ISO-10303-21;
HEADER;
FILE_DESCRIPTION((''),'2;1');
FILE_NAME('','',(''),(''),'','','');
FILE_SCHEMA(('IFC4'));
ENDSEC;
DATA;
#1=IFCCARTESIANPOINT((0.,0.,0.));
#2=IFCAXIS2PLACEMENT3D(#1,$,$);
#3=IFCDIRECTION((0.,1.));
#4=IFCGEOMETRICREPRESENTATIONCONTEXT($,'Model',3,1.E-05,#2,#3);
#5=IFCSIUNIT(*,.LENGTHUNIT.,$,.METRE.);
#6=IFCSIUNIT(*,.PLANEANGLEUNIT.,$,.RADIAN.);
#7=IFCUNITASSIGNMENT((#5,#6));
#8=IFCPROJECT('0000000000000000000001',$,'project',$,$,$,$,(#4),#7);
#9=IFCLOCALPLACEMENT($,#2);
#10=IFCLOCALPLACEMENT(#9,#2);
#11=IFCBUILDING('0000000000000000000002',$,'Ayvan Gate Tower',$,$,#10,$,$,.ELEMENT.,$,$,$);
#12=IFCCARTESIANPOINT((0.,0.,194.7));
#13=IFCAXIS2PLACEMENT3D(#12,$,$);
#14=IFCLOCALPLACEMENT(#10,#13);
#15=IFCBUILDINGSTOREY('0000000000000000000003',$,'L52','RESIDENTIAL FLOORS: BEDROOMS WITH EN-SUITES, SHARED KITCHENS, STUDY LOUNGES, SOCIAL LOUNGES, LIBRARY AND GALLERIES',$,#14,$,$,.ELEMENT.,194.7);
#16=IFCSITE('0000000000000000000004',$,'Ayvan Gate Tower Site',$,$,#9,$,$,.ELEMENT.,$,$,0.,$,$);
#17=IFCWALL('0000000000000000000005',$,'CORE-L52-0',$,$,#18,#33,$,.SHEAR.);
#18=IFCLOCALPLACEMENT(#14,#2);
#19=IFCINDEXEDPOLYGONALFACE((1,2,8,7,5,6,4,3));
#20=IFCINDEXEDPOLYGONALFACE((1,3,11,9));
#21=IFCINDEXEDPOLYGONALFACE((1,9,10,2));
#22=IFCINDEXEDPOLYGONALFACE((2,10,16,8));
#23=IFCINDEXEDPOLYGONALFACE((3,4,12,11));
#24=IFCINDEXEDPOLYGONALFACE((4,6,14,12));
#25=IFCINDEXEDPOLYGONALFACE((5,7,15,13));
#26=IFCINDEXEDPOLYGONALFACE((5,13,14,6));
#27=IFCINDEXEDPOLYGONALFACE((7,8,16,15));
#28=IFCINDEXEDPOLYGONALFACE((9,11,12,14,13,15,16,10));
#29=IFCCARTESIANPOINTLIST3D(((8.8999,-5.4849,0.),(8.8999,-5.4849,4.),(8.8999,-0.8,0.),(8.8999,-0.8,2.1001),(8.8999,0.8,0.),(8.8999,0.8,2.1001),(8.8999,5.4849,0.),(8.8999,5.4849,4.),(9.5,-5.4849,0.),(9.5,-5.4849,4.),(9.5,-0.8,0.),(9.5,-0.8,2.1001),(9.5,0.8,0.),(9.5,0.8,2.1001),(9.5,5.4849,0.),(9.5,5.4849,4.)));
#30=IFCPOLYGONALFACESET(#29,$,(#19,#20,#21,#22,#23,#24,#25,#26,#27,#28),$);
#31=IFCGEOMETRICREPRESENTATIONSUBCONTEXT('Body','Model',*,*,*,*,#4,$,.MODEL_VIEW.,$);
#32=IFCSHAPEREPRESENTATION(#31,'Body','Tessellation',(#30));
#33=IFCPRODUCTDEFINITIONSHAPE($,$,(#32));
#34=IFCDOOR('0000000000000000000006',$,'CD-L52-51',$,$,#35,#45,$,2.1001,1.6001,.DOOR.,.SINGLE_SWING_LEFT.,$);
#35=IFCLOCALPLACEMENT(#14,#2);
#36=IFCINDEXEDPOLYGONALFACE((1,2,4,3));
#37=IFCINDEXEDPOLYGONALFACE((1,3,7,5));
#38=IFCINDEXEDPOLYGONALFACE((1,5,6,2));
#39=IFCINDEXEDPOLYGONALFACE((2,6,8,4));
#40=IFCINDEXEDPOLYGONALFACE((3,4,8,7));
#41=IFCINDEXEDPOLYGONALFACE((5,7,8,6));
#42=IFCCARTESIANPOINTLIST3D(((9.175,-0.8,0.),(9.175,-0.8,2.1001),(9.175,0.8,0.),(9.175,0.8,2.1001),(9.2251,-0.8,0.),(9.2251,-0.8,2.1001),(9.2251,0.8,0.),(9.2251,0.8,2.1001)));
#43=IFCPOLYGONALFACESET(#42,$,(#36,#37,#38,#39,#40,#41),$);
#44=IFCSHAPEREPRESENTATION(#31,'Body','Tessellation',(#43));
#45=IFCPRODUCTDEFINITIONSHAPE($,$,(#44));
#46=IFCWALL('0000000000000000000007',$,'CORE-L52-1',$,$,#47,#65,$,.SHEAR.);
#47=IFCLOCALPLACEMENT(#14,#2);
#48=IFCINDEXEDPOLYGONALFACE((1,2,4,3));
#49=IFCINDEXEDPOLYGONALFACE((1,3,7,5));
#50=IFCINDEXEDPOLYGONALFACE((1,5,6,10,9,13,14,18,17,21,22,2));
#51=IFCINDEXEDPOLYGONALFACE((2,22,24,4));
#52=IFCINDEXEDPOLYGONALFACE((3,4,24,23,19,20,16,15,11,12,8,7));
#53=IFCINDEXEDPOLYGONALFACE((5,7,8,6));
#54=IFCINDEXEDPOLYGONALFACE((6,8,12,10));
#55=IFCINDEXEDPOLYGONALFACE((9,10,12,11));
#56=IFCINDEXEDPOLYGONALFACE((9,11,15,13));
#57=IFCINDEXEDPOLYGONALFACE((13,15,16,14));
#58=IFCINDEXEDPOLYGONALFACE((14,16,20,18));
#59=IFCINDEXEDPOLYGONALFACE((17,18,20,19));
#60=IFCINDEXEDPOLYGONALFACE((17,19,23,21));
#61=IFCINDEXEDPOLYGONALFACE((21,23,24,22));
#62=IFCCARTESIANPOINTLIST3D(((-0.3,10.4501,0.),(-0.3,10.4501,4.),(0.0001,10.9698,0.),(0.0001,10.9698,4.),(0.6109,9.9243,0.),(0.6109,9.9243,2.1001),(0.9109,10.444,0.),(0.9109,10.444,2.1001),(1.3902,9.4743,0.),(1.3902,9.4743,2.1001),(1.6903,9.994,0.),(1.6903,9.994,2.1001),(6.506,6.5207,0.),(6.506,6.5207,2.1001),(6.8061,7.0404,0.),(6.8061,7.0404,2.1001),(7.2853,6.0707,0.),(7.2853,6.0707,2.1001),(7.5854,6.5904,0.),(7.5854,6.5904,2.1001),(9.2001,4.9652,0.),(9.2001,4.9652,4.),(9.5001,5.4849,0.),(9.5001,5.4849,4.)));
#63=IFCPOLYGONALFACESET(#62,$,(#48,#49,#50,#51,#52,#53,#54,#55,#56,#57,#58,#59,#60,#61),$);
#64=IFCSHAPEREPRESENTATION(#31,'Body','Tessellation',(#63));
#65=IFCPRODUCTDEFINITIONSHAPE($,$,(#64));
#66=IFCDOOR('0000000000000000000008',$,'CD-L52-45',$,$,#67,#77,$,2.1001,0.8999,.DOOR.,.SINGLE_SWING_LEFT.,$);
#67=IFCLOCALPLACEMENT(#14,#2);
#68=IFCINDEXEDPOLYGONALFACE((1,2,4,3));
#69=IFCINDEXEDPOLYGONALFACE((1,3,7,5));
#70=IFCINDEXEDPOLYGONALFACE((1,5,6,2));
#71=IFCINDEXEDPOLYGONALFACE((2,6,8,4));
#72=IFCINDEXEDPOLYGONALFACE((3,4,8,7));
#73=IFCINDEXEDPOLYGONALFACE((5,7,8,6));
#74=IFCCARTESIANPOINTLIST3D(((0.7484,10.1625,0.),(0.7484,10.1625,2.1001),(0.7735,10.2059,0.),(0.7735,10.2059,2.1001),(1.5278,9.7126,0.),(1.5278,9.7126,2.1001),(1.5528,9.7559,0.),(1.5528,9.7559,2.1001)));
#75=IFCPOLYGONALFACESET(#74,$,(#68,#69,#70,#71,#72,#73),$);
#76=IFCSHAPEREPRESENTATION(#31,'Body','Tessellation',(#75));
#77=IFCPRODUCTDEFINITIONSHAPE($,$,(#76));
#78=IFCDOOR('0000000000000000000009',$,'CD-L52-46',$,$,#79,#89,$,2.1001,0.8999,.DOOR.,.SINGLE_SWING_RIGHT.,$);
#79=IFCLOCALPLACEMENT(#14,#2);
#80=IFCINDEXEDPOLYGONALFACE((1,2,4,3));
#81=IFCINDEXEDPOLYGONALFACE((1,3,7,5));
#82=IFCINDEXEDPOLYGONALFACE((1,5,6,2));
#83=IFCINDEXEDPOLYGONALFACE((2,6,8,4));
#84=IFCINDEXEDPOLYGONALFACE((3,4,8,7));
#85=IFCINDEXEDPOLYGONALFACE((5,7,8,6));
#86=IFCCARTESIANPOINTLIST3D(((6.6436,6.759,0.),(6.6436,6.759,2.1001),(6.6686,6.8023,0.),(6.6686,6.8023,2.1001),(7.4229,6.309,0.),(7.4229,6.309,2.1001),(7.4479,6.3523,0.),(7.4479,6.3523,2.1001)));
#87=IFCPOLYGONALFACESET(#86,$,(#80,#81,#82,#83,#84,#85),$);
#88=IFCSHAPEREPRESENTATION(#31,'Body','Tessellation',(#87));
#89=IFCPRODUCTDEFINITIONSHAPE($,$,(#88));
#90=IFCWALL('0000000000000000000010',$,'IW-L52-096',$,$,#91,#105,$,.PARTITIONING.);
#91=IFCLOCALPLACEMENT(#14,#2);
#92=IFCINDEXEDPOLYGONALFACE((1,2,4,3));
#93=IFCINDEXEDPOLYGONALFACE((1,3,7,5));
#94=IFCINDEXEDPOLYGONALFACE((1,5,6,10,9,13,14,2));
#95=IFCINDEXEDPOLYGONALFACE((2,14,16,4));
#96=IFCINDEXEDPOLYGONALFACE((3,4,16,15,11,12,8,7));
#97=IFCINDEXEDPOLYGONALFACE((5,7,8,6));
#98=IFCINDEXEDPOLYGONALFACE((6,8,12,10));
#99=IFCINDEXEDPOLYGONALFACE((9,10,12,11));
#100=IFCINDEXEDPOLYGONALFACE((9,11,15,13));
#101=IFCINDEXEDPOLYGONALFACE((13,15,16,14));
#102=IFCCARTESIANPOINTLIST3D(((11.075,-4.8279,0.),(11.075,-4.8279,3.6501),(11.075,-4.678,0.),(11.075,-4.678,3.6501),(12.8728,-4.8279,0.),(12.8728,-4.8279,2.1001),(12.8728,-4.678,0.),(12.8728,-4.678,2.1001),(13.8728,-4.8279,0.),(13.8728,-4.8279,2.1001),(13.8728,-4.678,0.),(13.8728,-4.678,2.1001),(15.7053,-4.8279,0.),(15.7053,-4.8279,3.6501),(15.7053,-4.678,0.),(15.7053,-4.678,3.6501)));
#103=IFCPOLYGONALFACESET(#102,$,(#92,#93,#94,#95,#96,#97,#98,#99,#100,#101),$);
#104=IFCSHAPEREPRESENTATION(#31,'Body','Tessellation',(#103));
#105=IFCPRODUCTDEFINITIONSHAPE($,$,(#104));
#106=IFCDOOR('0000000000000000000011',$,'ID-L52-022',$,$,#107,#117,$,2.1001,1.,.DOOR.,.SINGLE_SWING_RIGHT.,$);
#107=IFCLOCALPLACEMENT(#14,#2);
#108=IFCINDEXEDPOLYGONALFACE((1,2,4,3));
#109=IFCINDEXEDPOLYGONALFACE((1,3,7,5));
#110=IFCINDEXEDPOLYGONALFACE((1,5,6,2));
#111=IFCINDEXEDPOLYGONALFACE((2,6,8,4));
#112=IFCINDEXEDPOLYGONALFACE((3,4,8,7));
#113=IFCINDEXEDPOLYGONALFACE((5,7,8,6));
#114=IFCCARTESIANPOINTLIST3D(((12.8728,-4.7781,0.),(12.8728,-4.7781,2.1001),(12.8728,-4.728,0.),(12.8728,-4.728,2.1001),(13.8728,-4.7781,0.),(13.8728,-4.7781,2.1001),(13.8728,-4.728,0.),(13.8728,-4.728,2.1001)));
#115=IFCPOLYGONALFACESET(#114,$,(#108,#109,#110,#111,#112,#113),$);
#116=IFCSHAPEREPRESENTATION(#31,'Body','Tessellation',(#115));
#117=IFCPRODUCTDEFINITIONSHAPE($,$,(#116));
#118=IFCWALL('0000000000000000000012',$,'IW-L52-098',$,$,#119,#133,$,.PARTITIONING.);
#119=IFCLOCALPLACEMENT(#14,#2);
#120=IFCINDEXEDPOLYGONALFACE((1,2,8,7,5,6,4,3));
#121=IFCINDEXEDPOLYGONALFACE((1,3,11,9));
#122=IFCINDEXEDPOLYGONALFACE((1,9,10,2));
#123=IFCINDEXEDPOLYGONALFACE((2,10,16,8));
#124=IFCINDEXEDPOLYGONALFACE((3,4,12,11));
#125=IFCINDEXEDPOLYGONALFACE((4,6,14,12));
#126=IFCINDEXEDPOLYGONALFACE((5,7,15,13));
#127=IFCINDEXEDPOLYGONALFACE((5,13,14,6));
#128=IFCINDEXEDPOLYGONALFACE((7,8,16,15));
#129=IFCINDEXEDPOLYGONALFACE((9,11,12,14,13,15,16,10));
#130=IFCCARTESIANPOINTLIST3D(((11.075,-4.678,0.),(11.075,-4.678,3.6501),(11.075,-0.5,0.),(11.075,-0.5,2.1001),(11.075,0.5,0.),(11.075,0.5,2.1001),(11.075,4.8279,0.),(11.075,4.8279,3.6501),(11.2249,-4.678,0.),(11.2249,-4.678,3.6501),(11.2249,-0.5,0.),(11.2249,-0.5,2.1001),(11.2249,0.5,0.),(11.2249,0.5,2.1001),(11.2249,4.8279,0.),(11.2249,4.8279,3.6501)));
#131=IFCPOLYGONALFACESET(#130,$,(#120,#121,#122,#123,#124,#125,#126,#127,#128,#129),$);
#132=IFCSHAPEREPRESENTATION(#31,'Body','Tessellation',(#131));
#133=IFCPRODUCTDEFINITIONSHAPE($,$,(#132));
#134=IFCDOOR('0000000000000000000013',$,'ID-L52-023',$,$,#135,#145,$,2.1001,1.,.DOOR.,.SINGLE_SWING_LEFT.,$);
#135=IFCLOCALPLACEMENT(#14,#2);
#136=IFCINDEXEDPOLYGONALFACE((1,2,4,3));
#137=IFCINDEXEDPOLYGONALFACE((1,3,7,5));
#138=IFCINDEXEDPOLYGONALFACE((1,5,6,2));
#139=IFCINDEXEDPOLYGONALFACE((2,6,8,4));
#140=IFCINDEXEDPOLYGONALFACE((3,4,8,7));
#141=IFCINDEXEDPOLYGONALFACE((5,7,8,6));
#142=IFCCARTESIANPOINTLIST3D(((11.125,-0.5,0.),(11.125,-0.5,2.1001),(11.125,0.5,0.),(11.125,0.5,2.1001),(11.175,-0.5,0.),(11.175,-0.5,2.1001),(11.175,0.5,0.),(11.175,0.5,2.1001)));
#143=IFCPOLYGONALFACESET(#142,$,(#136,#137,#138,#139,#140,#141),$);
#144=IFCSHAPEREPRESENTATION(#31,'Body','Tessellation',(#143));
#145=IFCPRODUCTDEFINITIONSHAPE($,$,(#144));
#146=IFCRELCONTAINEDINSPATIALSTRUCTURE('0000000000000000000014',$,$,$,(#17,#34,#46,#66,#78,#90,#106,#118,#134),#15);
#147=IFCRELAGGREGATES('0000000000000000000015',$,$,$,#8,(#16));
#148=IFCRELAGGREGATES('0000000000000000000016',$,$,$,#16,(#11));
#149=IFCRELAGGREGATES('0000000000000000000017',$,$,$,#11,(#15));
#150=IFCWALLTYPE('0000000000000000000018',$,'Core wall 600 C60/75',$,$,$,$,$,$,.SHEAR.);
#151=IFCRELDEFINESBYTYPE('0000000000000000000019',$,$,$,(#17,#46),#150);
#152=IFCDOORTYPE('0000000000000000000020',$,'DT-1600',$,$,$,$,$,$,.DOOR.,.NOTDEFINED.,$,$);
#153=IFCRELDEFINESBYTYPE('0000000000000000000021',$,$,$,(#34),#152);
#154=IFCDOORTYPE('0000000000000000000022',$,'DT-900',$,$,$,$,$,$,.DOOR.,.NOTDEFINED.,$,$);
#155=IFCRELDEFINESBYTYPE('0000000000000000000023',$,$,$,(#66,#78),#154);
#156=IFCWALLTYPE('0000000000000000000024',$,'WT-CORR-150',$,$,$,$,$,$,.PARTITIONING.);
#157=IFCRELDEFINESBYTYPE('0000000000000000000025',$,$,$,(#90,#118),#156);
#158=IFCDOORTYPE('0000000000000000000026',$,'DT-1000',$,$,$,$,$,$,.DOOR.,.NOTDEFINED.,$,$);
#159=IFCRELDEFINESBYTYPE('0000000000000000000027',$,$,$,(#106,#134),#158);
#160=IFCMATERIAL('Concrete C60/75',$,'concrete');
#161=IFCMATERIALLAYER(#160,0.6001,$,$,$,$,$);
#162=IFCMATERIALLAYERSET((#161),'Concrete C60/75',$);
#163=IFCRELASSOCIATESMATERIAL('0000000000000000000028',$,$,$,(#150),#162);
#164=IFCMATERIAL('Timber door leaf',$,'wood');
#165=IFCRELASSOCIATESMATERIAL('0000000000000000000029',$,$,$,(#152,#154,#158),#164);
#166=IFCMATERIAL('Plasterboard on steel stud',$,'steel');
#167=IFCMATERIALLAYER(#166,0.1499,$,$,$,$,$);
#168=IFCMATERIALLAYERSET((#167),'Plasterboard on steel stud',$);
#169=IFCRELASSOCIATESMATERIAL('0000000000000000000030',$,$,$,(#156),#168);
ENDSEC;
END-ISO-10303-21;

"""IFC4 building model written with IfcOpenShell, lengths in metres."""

from ifc_helpers import new_model, si_unit, direction, frame, frame_2d, origin, place, context, subcontext, project, spatial, rectangle, extrude, material, layer, layer_set, type_object, element, fill, save


model = new_model("IFC4")

# Units and contexts
model_context = context("Model", 3, precision=1e-05, world=origin(), true_north=direction((0.0, 1.0)))
body_context = subcontext(model_context, "Body", "Model", "MODEL_VIEW")
ifc_project = project(units=[si_unit("LENGTHUNIT", "METRE"), si_unit("PLANEANGLEUNIT", "RADIAN")], contexts=[model_context])

# Site, building, storey
site_placement = place(None, origin())
site = spatial("IfcSite", under=ifc_project, at=site_placement, Name="Ayvan Gate Tower Site", CompositionType="ELEMENT", RefElevation=0.0)
building_placement = place(site_placement, origin())
building = spatial("IfcBuilding", under=site, at=building_placement, Name="Ayvan Gate Tower", CompositionType="ELEMENT")
storey_placement = place(building_placement, frame((0.0, 0.0, 194.7)))
storey = spatial("IfcBuildingStorey", under=building, at=storey_placement, Name="L52", Description="RESIDENTIAL FLOORS: BEDROOMS WITH EN-SUITES, SHARED KITCHENS, STUDY LOUNGES, SOCIAL LOUNGES, LIBRARY AND GALLERIES", CompositionType="ELEMENT", Elevation=194.7)

# Wall, opening, door
ifc_material_1 = material(Name="Concrete C60/75", Category="concrete")
ifc_layer_1 = layer(ifc_material_1, 0.6001)
ifc_layer_set_1 = layer_set([ifc_layer_1], Name="Concrete C60/75")
wall_type_1 = type_object("IfcWallType", Name="Core wall 600 C60/75", PredefinedType="SHEAR", material=ifc_layer_set_1)
wall_1_placement = place(storey_placement, frame((9.2, -5.4849, 0.0), z_axis=(0.0, 0.0, 1.0), x_axis=(0.0, 1.0, 0.0)))
wall_1 = element("IfcWall", 1, at=wall_1_placement, inside=storey, type_object=wall_type_1, Name="CORE-L52-0", PredefinedType="SHEAR", context=body_context, shape_type="SweptSolid", body=[
    extrude(rectangle(XDim=10.9697, YDim=0.6001, at=frame_2d((5.4849, 0.0))), origin(), (0.0, 0.0, 1.0), 4.0),
])
opening_1_placement = place(wall_1_placement, frame((4.6848, 0.0, 0.0)))
opening_1 = element("IfcOpeningElement", 2, at=opening_1_placement, cuts=wall_1, PredefinedType="OPENING", context=body_context, shape_type="SweptSolid", body=[
    extrude(rectangle(XDim=1.6001, YDim=2.1001, at=frame_2d((0.8, 1.05))), frame((0.0, 0.3101, 0.0), z_axis=(0.0, -1.0, 0.0), x_axis=(1.0, 0.0, 0.0)), (0.0, 0.0, 1.0), 0.6201),
])
ifc_material_2 = material(Name="Timber door leaf", Category="wood")
door_type_1 = type_object("IfcDoorType", Name="DT-1600", OperationType="NOTDEFINED", PredefinedType="DOOR", material=ifc_material_2)
door_1_placement = place(opening_1_placement, origin())
door_1 = element("IfcDoor", 3, at=door_1_placement, inside=storey, type_object=door_type_1, Name="CD-L52-51", OperationType="SINGLE_SWING_LEFT", OverallHeight=2.1001, OverallWidth=1.6001, PredefinedType="DOOR", context=body_context, shape_type="SweptSolid", body=[
    extrude(rectangle(XDim=1.6001, YDim=2.1001, at=frame_2d((0.8, 1.05))), frame((0.0, 0.0249, 0.0), z_axis=(0.0, -1.0, 0.0), x_axis=(1.0, 0.0, 0.0)), (0.0, 0.0, 1.0), 0.05),
])
fill(opening_1, door_1)

# Wall, openings, doors
wall_2_placement = place(storey_placement, frame((9.3501, 5.2251, 0.0), z_axis=(0.0, 0.0, 1.0), x_axis=(-0.866024, 0.500002, 0.0)))
wall_2 = element("IfcWall", 4, at=wall_2_placement, inside=storey, type_object=wall_type_1, Name="CORE-L52-1", PredefinedType="SHEAR", context=body_context, shape_type="SweptSolid", body=[
    extrude(rectangle(XDim=10.9697, YDim=0.6001, at=frame_2d((5.4849, 0.0))), origin(), (0.0, 0.0, 1.0), 4.0),
])
opening_2_placement = place(wall_2_placement, frame((9.0181, 0.0, 0.0)))
opening_2 = element("IfcOpeningElement", 5, at=opening_2_placement, cuts=wall_2, PredefinedType="OPENING", context=body_context, shape_type="SweptSolid", body=[
    extrude(rectangle(XDim=0.8999, YDim=2.1001, at=frame_2d((0.45, 1.05))), frame((0.0, 0.3101, 0.0), z_axis=(0.0, -1.0, 0.0), x_axis=(1.0, 0.0, 0.0)), (0.0, 0.0, 1.0), 0.6201),
])
opening_3_placement = place(wall_2_placement, frame((2.2109, 0.0, 0.0)))
opening_3 = element("IfcOpeningElement", 6, at=opening_3_placement, cuts=wall_2, PredefinedType="OPENING", context=body_context, shape_type="SweptSolid", body=[
    extrude(rectangle(XDim=0.8999, YDim=2.1001, at=frame_2d((0.45, 1.05))), frame((0.0, 0.3101, 0.0), z_axis=(0.0, -1.0, 0.0), x_axis=(1.0, 0.0, 0.0)), (0.0, 0.0, 1.0), 0.6201),
])
door_type_2 = type_object("IfcDoorType", Name="DT-900", OperationType="NOTDEFINED", PredefinedType="DOOR", material=ifc_material_2)
door_2_placement = place(opening_2_placement, origin())
door_2 = element("IfcDoor", 7, at=door_2_placement, inside=storey, type_object=door_type_2, Name="CD-L52-45", OperationType="SINGLE_SWING_LEFT", OverallHeight=2.1001, OverallWidth=0.8999, PredefinedType="DOOR", context=body_context, shape_type="SweptSolid", body=[
    extrude(rectangle(XDim=0.8999, YDim=2.1001, at=frame_2d((0.45, 1.05))), frame((0.0, 0.0249, 0.0), z_axis=(0.0, -1.0, 0.0), x_axis=(1.0, 0.0, 0.0)), (0.0, 0.0, 1.0), 0.05),
])
fill(opening_2, door_2)
door_3_placement = place(opening_3_placement, origin())
door_3 = element("IfcDoor", 8, at=door_3_placement, inside=storey, type_object=door_type_2, Name="CD-L52-46", OperationType="SINGLE_SWING_RIGHT", OverallHeight=2.1001, OverallWidth=0.8999, PredefinedType="DOOR", context=body_context, shape_type="SweptSolid", body=[
    extrude(rectangle(XDim=0.8999, YDim=2.1001, at=frame_2d((0.45, 1.05))), frame((0.0, 0.0249, 0.0), z_axis=(0.0, -1.0, 0.0), x_axis=(1.0, 0.0, 0.0)), (0.0, 0.0, 1.0), 0.05),
])
fill(opening_3, door_3)

# Walls, openings, doors
ifc_material_3 = material(Name="Plasterboard on steel stud", Category="steel")
ifc_layer_2 = layer(ifc_material_3, 0.1499)
ifc_layer_set_2 = layer_set([ifc_layer_2], Name="Plasterboard on steel stud")
wall_type_2 = type_object("IfcWallType", Name="WT-CORR-150", PredefinedType="PARTITIONING", material=ifc_layer_set_2)
wall_3_placement = place(storey_placement, frame((11.075, -4.7529, 0.0), z_axis=(0.0, 0.0, 1.0), x_axis=(1.0, 0.0, 0.0)))
wall_3 = element("IfcWall", 9, at=wall_3_placement, inside=storey, type_object=wall_type_2, Name="IW-L52-096", PredefinedType="PARTITIONING", context=body_context, shape_type="SweptSolid", body=[
    extrude(rectangle(XDim=4.6304, YDim=0.1499, at=frame_2d((2.3152, 0.0))), origin(), (0.0, 0.0, 1.0), 3.6501),
])
opening_4_placement = place(wall_3_placement, frame((1.7979, 0.0, 0.0)))
opening_4 = element("IfcOpeningElement", 10, at=opening_4_placement, cuts=wall_3, PredefinedType="OPENING", context=body_context, shape_type="SweptSolid", body=[
    extrude(rectangle(XDim=1.0, YDim=2.1001, at=frame_2d((0.5, 1.05))), frame((0.0, 0.085, 0.0), z_axis=(0.0, -1.0, 0.0), x_axis=(1.0, 0.0, 0.0)), (0.0, 0.0, 1.0), 0.1699),
])
door_type_3 = type_object("IfcDoorType", Name="DT-1000", OperationType="NOTDEFINED", PredefinedType="DOOR", material=ifc_material_2)
door_4_placement = place(opening_4_placement, origin())
door_4 = element("IfcDoor", 11, at=door_4_placement, inside=storey, type_object=door_type_3, Name="ID-L52-022", OperationType="SINGLE_SWING_RIGHT", OverallHeight=2.1001, OverallWidth=1.0, PredefinedType="DOOR", context=body_context, shape_type="SweptSolid", body=[
    extrude(rectangle(XDim=1.0, YDim=2.1001, at=frame_2d((0.5, 1.05))), frame((0.0, 0.0249, 0.0), z_axis=(0.0, -1.0, 0.0), x_axis=(1.0, 0.0, 0.0)), (0.0, 0.0, 1.0), 0.05),
])
fill(opening_4, door_4)
wall_4_placement = place(storey_placement, frame((11.1499, -4.678, 0.0), z_axis=(0.0, 0.0, 1.0), x_axis=(0.0, 1.0, 0.0)))
wall_4 = element("IfcWall", 12, at=wall_4_placement, inside=storey, type_object=wall_type_2, Name="IW-L52-098", PredefinedType="PARTITIONING", context=body_context, shape_type="SweptSolid", body=[
    extrude(rectangle(XDim=9.5059, YDim=0.1499, at=frame_2d((4.7529, 0.0))), origin(), (0.0, 0.0, 1.0), 3.6501),
])
opening_5_placement = place(wall_4_placement, frame((4.178, 0.0, 0.0)))
opening_5 = element("IfcOpeningElement", 13, at=opening_5_placement, cuts=wall_4, PredefinedType="OPENING", context=body_context, shape_type="SweptSolid", body=[
    extrude(rectangle(XDim=1.0, YDim=2.1001, at=frame_2d((0.5, 1.05))), frame((0.0, 0.085, 0.0), z_axis=(0.0, -1.0, 0.0), x_axis=(1.0, 0.0, 0.0)), (0.0, 0.0, 1.0), 0.1699),
])
door_5_placement = place(opening_5_placement, origin())
door_5 = element("IfcDoor", 14, at=door_5_placement, inside=storey, type_object=door_type_3, Name="ID-L52-023", OperationType="SINGLE_SWING_LEFT", OverallHeight=2.1001, OverallWidth=1.0, PredefinedType="DOOR", context=body_context, shape_type="SweptSolid", body=[
    extrude(rectangle(XDim=1.0, YDim=2.1001, at=frame_2d((0.5, 1.05))), frame((0.0, 0.0249, 0.0), z_axis=(0.0, -1.0, 0.0), x_axis=(1.0, 0.0, 0.0)), (0.0, 0.0, 1.0), 0.05),
])
fill(opening_5, door_5)

save(model, "model.ifc")
